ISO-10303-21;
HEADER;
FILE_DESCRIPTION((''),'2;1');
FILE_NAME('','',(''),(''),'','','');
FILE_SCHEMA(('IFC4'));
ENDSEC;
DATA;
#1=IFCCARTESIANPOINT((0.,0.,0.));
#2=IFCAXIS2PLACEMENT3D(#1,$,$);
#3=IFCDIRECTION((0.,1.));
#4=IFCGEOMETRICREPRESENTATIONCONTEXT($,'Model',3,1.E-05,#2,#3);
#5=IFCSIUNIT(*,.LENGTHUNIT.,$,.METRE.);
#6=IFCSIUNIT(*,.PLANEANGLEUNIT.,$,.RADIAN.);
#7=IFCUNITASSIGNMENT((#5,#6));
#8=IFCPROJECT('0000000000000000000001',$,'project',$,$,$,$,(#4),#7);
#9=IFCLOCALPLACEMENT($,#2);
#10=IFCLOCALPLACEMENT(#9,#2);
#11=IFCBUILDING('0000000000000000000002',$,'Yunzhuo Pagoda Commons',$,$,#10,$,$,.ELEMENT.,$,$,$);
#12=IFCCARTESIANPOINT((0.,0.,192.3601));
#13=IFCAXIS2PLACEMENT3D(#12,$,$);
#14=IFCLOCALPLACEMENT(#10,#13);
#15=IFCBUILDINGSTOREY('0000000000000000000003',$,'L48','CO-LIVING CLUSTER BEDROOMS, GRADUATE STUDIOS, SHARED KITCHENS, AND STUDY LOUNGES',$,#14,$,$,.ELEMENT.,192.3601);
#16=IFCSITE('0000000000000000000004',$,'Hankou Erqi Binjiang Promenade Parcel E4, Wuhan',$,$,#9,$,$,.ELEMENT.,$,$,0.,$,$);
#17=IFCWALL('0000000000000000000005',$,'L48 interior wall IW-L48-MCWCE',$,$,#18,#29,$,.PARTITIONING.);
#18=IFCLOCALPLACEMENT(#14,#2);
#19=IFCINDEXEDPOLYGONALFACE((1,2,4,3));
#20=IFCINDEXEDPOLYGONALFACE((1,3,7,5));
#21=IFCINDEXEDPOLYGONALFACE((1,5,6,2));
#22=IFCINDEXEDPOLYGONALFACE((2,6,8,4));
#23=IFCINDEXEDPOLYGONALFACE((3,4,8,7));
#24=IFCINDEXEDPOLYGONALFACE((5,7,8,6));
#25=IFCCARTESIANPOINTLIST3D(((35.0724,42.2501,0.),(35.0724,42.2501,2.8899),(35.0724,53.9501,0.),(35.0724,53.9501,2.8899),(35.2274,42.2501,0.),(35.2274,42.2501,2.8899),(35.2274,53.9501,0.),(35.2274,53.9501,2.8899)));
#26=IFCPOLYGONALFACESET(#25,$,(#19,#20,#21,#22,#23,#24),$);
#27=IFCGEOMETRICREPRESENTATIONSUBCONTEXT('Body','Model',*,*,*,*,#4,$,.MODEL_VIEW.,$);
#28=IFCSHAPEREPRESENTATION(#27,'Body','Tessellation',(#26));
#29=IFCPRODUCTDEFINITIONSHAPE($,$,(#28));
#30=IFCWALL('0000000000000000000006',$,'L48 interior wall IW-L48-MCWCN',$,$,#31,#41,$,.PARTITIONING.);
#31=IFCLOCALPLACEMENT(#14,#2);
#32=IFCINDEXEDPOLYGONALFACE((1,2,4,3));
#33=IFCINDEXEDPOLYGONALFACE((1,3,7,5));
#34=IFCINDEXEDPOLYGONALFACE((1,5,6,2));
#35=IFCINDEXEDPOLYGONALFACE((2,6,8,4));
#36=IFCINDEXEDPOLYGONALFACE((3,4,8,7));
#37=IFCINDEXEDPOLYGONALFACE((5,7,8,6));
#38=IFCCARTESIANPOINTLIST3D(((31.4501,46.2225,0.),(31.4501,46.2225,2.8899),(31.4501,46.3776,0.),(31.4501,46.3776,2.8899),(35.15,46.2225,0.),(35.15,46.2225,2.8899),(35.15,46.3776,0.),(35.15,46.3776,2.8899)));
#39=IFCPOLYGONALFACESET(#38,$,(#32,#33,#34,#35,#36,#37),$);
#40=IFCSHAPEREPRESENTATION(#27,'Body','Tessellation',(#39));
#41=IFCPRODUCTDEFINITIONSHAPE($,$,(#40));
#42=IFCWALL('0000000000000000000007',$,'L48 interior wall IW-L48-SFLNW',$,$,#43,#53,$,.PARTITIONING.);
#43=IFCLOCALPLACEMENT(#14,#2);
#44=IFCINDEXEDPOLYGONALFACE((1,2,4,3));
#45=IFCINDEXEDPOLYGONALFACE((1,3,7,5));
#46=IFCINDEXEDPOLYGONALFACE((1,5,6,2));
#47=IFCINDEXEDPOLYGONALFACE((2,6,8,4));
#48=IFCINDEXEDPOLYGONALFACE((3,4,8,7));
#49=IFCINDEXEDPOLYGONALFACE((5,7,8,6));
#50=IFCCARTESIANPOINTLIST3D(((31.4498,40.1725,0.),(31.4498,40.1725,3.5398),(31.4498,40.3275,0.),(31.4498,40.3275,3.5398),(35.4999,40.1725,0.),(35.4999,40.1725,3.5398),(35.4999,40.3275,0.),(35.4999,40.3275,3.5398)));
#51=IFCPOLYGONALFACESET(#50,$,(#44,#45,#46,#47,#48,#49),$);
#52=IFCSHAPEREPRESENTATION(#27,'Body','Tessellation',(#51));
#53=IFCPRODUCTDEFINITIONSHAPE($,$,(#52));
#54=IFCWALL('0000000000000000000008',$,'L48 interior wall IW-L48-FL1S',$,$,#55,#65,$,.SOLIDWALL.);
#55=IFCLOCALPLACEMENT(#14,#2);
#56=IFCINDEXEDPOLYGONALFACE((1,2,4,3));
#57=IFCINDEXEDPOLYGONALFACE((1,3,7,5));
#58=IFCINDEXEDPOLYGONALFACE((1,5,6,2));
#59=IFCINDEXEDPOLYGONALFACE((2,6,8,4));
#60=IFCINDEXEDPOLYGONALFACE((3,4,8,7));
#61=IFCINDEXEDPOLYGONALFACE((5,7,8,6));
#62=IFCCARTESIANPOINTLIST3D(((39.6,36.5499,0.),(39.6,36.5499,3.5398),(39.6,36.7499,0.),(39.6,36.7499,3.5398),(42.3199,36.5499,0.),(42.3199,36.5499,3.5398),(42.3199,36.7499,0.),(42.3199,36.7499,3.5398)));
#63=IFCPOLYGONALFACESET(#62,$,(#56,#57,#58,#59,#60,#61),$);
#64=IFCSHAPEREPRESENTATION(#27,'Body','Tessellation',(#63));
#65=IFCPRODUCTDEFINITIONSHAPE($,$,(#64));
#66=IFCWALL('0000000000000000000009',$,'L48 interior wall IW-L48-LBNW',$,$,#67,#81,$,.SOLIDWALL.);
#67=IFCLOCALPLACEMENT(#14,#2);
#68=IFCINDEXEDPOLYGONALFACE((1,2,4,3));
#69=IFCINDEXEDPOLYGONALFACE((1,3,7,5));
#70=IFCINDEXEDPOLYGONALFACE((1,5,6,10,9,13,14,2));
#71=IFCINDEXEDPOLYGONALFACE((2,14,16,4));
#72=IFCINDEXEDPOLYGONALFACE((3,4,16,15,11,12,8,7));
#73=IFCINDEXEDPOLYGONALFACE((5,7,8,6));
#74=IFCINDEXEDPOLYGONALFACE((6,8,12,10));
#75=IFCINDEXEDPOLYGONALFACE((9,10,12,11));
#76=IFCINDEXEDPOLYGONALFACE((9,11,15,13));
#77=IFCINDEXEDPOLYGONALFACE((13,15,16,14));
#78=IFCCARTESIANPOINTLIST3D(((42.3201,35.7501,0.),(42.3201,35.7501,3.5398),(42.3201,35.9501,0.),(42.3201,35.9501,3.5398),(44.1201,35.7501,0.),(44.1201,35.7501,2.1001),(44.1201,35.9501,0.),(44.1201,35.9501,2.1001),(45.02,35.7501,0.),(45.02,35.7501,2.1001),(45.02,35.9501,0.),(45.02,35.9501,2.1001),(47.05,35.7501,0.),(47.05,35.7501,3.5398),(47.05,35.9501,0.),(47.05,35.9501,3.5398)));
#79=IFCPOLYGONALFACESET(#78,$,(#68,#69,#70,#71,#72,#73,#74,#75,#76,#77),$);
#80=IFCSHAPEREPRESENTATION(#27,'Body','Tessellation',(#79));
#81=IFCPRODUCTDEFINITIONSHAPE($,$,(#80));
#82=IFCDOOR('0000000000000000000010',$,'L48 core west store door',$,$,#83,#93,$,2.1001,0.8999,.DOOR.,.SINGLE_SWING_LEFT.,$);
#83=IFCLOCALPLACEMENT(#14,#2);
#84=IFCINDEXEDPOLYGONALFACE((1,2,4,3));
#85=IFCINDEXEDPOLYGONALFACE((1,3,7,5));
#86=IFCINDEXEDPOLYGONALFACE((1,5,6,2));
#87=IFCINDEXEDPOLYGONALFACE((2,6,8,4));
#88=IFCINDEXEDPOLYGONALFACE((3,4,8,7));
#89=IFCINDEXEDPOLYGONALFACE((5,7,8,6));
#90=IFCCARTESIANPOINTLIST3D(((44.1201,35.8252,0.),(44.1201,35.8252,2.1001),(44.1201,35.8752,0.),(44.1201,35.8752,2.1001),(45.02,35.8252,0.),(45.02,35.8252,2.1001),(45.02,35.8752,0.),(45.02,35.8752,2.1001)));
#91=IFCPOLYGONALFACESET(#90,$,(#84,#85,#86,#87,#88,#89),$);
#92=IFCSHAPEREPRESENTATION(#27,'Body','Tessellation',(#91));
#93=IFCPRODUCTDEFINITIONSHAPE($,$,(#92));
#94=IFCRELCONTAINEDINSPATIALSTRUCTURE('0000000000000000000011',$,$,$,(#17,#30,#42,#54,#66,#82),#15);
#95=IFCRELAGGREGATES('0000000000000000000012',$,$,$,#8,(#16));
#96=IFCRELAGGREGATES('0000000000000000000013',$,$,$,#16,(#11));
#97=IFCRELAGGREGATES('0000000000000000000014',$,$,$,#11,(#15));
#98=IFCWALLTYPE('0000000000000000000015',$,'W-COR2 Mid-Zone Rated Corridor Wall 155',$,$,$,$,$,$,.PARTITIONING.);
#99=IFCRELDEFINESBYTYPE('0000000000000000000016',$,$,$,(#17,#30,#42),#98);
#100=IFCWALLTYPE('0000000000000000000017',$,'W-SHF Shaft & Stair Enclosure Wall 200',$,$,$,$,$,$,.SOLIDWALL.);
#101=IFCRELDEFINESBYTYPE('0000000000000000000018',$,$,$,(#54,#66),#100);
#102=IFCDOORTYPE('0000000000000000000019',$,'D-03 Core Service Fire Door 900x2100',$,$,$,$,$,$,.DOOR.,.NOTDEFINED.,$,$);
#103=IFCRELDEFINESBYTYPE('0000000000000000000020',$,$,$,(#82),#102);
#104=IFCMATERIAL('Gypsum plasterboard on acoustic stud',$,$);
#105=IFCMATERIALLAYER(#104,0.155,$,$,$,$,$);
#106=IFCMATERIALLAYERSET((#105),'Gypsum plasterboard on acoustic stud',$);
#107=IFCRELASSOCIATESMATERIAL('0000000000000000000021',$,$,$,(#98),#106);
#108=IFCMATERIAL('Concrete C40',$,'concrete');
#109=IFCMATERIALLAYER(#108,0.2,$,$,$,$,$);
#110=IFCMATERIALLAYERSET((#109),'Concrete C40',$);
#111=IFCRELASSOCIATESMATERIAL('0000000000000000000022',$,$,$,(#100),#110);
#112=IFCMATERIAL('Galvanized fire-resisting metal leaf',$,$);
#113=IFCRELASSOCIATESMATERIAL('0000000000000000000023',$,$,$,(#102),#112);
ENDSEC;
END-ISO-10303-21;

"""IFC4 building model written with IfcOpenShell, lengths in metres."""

from ifc_helpers import new_model, si_unit, direction, frame, frame_2d, origin, place, context, subcontext, project, spatial, rectangle, extrude, source, transform, mapped, material, layer, layer_set, type_object, element, fill, save


model = new_model("IFC4")

# Units and contexts
model_context = context("Model", 3, precision=1e-05, world=origin(), true_north=direction((0.0, 1.0)))
body_context = subcontext(model_context, "Body", "Model", "MODEL_VIEW")
ifc_project = project(units=[si_unit("LENGTHUNIT", "METRE"), si_unit("PLANEANGLEUNIT", "RADIAN")], contexts=[model_context])

# Site, building, storey
site_placement = place(None, origin())
site = spatial("IfcSite", under=ifc_project, at=site_placement, Name="Hankou Erqi Binjiang Promenade Parcel E4, Wuhan", CompositionType="ELEMENT", RefElevation=0.0)
building_placement = place(site_placement, origin())
building = spatial("IfcBuilding", under=site, at=building_placement, Name="Yunzhuo Pagoda Commons", CompositionType="ELEMENT")
storey_placement = place(building_placement, frame((0.0, 0.0, 192.3601)))
storey = spatial("IfcBuildingStorey", under=building, at=storey_placement, Name="L48", Description="CO-LIVING CLUSTER BEDROOMS, GRADUATE STUDIOS, SHARED KITCHENS, AND STUDY LOUNGES", CompositionType="ELEMENT", Elevation=192.3601)

# Shared definitions
ifc_material_1 = material(Name="Galvanized fire-resisting metal leaf")

# Shared definitions
ifc_material_2 = material(Name="Gypsum plasterboard on acoustic stud")
ifc_layer_1 = layer(ifc_material_2, 0.155)
ifc_layer_set_1 = layer_set([ifc_layer_1], Name="Gypsum plasterboard on acoustic stud")
wall_type_1 = type_object("IfcWallType", Name="W-COR2 Mid-Zone Rated Corridor Wall 155", PredefinedType="PARTITIONING", material=ifc_layer_set_1)

# Walls
wall_1_placement = place(storey_placement, frame((35.1499, 42.25, 0.0), z_axis=(0.0, 0.0, 1.0), x_axis=(0.0, 1.0, 0.0)))
element("IfcWall", 1, at=wall_1_placement, inside=storey, type_object=wall_type_1, Name="L48 interior wall IW-L48-MCWCE", PredefinedType="PARTITIONING", context=body_context, shape_type="SweptSolid", body=[
    extrude(rectangle(XDim=11.7, YDim=0.155, at=frame_2d((5.8501, 0.0))), origin(), (0.0, 0.0, 1.0), 2.8899),
])
wall_2_placement = place(storey_placement, frame((31.45, 46.3, 0.0), z_axis=(0.0, 0.0, 1.0), x_axis=(1.0, 0.0, 0.0)))
element("IfcWall", 2, at=wall_2_placement, inside=storey, type_object=wall_type_1, Name="L48 interior wall IW-L48-MCWCN", PredefinedType="PARTITIONING", context=body_context, shape_type="SweptSolid", body=[
    extrude(rectangle(XDim=3.7, YDim=0.155, at=frame_2d((1.8501, 0.0))), origin(), (0.0, 0.0, 1.0), 2.8899),
])
wall_3_placement = place(storey_placement, frame((31.45, 40.25, 0.0), z_axis=(0.0, 0.0, 1.0), x_axis=(1.0, 0.0, 0.0)))
element("IfcWall", 3, at=wall_3_placement, inside=storey, type_object=wall_type_1, Name="L48 interior wall IW-L48-SFLNW", PredefinedType="PARTITIONING", context=body_context, shape_type="SweptSolid", body=[
    extrude(rectangle(XDim=4.05, YDim=0.155, at=frame_2d((2.0249, 0.0))), origin(), (0.0, 0.0, 1.0), 3.5398),
])
ifc_material_3 = material(Name="Concrete C40", Category="concrete")
ifc_layer_2 = layer(ifc_material_3, 0.2)
ifc_layer_set_2 = layer_set([ifc_layer_2], Name="Concrete C40")
wall_type_2 = type_object("IfcWallType", Name="W-SHF Shaft & Stair Enclosure Wall 200", PredefinedType="SOLIDWALL", material=ifc_layer_set_2)
wall_4_placement = place(storey_placement, frame((39.6001, 36.6499, 0.0), z_axis=(0.0, 0.0, 1.0), x_axis=(1.0, 0.0, 0.0)))
element("IfcWall", 4, at=wall_4_placement, inside=storey, type_object=wall_type_2, Name="L48 interior wall IW-L48-FL1S", PredefinedType="SOLIDWALL", context=body_context, shape_type="SweptSolid", body=[
    extrude(rectangle(XDim=2.72, YDim=0.2, at=frame_2d((1.3599, 0.0))), origin(), (0.0, 0.0, 1.0), 3.5398),
])

# Wall, opening, door
wall_5_placement = place(storey_placement, frame((42.3201, 35.8501, 0.0), z_axis=(0.0, 0.0, 1.0), x_axis=(1.0, 0.0, 0.0)))
wall_5 = element("IfcWall", 5, at=wall_5_placement, inside=storey, type_object=wall_type_2, Name="L48 interior wall IW-L48-LBNW", PredefinedType="SOLIDWALL", context=body_context, shape_type="SweptSolid", body=[
    extrude(rectangle(XDim=4.73, YDim=0.2, at=frame_2d((2.365, 0.0))), origin(), (0.0, 0.0, 1.0), 3.5398),
])
opening_1_placement = place(wall_5_placement, frame((1.8, 0.0, 0.0)))
opening_1 = element("IfcOpeningElement", 6, at=opening_1_placement, cuts=wall_5, PredefinedType="OPENING", context=body_context, shape_type="SweptSolid", body=[
    extrude(rectangle(XDim=0.8999, YDim=2.1001, at=frame_2d((0.45, 1.05))), frame((0.0, 0.1099, 0.0), z_axis=(0.0, -1.0, 0.0), x_axis=(1.0, 0.0, 0.0)), (0.0, 0.0, 1.0), 0.22),
])
door_type_1 = type_object("IfcDoorType", Name="D-03 Core Service Fire Door 900x2100", OperationType="NOTDEFINED", PredefinedType="DOOR", material=ifc_material_1)
shared_shape_1 = source(origin(), body_context, "Body", "SweptSolid", [
    extrude(rectangle(XDim=0.8999, YDim=2.1001, at=frame_2d((0.45, 1.05))), frame((0.0, 0.0249, 0.0), z_axis=(0.0, -1.0, 0.0), x_axis=(1.0, 0.0, 0.0)), (0.0, 0.0, 1.0), 0.05),
])
door_1_placement = place(opening_1_placement, frame((0.8999, 0.0, 0.0), z_axis=(0.0, 0.0, 1.0), x_axis=(-1.0, 0.0, 0.0)))
door_1 = element("IfcDoor", 7, at=door_1_placement, inside=storey, type_object=door_type_1, Name="L48 core west store door", OperationType="SINGLE_SWING_LEFT", OverallHeight=2.1001, OverallWidth=0.8999, PredefinedType="DOOR", context=body_context, shape_type="MappedRepresentation", body=[
    mapped(shared_shape_1, transform((0.0, 0.0, 0.0), scale=1.0)),
])
fill(opening_1, door_1)

save(model, "model.ifc")
